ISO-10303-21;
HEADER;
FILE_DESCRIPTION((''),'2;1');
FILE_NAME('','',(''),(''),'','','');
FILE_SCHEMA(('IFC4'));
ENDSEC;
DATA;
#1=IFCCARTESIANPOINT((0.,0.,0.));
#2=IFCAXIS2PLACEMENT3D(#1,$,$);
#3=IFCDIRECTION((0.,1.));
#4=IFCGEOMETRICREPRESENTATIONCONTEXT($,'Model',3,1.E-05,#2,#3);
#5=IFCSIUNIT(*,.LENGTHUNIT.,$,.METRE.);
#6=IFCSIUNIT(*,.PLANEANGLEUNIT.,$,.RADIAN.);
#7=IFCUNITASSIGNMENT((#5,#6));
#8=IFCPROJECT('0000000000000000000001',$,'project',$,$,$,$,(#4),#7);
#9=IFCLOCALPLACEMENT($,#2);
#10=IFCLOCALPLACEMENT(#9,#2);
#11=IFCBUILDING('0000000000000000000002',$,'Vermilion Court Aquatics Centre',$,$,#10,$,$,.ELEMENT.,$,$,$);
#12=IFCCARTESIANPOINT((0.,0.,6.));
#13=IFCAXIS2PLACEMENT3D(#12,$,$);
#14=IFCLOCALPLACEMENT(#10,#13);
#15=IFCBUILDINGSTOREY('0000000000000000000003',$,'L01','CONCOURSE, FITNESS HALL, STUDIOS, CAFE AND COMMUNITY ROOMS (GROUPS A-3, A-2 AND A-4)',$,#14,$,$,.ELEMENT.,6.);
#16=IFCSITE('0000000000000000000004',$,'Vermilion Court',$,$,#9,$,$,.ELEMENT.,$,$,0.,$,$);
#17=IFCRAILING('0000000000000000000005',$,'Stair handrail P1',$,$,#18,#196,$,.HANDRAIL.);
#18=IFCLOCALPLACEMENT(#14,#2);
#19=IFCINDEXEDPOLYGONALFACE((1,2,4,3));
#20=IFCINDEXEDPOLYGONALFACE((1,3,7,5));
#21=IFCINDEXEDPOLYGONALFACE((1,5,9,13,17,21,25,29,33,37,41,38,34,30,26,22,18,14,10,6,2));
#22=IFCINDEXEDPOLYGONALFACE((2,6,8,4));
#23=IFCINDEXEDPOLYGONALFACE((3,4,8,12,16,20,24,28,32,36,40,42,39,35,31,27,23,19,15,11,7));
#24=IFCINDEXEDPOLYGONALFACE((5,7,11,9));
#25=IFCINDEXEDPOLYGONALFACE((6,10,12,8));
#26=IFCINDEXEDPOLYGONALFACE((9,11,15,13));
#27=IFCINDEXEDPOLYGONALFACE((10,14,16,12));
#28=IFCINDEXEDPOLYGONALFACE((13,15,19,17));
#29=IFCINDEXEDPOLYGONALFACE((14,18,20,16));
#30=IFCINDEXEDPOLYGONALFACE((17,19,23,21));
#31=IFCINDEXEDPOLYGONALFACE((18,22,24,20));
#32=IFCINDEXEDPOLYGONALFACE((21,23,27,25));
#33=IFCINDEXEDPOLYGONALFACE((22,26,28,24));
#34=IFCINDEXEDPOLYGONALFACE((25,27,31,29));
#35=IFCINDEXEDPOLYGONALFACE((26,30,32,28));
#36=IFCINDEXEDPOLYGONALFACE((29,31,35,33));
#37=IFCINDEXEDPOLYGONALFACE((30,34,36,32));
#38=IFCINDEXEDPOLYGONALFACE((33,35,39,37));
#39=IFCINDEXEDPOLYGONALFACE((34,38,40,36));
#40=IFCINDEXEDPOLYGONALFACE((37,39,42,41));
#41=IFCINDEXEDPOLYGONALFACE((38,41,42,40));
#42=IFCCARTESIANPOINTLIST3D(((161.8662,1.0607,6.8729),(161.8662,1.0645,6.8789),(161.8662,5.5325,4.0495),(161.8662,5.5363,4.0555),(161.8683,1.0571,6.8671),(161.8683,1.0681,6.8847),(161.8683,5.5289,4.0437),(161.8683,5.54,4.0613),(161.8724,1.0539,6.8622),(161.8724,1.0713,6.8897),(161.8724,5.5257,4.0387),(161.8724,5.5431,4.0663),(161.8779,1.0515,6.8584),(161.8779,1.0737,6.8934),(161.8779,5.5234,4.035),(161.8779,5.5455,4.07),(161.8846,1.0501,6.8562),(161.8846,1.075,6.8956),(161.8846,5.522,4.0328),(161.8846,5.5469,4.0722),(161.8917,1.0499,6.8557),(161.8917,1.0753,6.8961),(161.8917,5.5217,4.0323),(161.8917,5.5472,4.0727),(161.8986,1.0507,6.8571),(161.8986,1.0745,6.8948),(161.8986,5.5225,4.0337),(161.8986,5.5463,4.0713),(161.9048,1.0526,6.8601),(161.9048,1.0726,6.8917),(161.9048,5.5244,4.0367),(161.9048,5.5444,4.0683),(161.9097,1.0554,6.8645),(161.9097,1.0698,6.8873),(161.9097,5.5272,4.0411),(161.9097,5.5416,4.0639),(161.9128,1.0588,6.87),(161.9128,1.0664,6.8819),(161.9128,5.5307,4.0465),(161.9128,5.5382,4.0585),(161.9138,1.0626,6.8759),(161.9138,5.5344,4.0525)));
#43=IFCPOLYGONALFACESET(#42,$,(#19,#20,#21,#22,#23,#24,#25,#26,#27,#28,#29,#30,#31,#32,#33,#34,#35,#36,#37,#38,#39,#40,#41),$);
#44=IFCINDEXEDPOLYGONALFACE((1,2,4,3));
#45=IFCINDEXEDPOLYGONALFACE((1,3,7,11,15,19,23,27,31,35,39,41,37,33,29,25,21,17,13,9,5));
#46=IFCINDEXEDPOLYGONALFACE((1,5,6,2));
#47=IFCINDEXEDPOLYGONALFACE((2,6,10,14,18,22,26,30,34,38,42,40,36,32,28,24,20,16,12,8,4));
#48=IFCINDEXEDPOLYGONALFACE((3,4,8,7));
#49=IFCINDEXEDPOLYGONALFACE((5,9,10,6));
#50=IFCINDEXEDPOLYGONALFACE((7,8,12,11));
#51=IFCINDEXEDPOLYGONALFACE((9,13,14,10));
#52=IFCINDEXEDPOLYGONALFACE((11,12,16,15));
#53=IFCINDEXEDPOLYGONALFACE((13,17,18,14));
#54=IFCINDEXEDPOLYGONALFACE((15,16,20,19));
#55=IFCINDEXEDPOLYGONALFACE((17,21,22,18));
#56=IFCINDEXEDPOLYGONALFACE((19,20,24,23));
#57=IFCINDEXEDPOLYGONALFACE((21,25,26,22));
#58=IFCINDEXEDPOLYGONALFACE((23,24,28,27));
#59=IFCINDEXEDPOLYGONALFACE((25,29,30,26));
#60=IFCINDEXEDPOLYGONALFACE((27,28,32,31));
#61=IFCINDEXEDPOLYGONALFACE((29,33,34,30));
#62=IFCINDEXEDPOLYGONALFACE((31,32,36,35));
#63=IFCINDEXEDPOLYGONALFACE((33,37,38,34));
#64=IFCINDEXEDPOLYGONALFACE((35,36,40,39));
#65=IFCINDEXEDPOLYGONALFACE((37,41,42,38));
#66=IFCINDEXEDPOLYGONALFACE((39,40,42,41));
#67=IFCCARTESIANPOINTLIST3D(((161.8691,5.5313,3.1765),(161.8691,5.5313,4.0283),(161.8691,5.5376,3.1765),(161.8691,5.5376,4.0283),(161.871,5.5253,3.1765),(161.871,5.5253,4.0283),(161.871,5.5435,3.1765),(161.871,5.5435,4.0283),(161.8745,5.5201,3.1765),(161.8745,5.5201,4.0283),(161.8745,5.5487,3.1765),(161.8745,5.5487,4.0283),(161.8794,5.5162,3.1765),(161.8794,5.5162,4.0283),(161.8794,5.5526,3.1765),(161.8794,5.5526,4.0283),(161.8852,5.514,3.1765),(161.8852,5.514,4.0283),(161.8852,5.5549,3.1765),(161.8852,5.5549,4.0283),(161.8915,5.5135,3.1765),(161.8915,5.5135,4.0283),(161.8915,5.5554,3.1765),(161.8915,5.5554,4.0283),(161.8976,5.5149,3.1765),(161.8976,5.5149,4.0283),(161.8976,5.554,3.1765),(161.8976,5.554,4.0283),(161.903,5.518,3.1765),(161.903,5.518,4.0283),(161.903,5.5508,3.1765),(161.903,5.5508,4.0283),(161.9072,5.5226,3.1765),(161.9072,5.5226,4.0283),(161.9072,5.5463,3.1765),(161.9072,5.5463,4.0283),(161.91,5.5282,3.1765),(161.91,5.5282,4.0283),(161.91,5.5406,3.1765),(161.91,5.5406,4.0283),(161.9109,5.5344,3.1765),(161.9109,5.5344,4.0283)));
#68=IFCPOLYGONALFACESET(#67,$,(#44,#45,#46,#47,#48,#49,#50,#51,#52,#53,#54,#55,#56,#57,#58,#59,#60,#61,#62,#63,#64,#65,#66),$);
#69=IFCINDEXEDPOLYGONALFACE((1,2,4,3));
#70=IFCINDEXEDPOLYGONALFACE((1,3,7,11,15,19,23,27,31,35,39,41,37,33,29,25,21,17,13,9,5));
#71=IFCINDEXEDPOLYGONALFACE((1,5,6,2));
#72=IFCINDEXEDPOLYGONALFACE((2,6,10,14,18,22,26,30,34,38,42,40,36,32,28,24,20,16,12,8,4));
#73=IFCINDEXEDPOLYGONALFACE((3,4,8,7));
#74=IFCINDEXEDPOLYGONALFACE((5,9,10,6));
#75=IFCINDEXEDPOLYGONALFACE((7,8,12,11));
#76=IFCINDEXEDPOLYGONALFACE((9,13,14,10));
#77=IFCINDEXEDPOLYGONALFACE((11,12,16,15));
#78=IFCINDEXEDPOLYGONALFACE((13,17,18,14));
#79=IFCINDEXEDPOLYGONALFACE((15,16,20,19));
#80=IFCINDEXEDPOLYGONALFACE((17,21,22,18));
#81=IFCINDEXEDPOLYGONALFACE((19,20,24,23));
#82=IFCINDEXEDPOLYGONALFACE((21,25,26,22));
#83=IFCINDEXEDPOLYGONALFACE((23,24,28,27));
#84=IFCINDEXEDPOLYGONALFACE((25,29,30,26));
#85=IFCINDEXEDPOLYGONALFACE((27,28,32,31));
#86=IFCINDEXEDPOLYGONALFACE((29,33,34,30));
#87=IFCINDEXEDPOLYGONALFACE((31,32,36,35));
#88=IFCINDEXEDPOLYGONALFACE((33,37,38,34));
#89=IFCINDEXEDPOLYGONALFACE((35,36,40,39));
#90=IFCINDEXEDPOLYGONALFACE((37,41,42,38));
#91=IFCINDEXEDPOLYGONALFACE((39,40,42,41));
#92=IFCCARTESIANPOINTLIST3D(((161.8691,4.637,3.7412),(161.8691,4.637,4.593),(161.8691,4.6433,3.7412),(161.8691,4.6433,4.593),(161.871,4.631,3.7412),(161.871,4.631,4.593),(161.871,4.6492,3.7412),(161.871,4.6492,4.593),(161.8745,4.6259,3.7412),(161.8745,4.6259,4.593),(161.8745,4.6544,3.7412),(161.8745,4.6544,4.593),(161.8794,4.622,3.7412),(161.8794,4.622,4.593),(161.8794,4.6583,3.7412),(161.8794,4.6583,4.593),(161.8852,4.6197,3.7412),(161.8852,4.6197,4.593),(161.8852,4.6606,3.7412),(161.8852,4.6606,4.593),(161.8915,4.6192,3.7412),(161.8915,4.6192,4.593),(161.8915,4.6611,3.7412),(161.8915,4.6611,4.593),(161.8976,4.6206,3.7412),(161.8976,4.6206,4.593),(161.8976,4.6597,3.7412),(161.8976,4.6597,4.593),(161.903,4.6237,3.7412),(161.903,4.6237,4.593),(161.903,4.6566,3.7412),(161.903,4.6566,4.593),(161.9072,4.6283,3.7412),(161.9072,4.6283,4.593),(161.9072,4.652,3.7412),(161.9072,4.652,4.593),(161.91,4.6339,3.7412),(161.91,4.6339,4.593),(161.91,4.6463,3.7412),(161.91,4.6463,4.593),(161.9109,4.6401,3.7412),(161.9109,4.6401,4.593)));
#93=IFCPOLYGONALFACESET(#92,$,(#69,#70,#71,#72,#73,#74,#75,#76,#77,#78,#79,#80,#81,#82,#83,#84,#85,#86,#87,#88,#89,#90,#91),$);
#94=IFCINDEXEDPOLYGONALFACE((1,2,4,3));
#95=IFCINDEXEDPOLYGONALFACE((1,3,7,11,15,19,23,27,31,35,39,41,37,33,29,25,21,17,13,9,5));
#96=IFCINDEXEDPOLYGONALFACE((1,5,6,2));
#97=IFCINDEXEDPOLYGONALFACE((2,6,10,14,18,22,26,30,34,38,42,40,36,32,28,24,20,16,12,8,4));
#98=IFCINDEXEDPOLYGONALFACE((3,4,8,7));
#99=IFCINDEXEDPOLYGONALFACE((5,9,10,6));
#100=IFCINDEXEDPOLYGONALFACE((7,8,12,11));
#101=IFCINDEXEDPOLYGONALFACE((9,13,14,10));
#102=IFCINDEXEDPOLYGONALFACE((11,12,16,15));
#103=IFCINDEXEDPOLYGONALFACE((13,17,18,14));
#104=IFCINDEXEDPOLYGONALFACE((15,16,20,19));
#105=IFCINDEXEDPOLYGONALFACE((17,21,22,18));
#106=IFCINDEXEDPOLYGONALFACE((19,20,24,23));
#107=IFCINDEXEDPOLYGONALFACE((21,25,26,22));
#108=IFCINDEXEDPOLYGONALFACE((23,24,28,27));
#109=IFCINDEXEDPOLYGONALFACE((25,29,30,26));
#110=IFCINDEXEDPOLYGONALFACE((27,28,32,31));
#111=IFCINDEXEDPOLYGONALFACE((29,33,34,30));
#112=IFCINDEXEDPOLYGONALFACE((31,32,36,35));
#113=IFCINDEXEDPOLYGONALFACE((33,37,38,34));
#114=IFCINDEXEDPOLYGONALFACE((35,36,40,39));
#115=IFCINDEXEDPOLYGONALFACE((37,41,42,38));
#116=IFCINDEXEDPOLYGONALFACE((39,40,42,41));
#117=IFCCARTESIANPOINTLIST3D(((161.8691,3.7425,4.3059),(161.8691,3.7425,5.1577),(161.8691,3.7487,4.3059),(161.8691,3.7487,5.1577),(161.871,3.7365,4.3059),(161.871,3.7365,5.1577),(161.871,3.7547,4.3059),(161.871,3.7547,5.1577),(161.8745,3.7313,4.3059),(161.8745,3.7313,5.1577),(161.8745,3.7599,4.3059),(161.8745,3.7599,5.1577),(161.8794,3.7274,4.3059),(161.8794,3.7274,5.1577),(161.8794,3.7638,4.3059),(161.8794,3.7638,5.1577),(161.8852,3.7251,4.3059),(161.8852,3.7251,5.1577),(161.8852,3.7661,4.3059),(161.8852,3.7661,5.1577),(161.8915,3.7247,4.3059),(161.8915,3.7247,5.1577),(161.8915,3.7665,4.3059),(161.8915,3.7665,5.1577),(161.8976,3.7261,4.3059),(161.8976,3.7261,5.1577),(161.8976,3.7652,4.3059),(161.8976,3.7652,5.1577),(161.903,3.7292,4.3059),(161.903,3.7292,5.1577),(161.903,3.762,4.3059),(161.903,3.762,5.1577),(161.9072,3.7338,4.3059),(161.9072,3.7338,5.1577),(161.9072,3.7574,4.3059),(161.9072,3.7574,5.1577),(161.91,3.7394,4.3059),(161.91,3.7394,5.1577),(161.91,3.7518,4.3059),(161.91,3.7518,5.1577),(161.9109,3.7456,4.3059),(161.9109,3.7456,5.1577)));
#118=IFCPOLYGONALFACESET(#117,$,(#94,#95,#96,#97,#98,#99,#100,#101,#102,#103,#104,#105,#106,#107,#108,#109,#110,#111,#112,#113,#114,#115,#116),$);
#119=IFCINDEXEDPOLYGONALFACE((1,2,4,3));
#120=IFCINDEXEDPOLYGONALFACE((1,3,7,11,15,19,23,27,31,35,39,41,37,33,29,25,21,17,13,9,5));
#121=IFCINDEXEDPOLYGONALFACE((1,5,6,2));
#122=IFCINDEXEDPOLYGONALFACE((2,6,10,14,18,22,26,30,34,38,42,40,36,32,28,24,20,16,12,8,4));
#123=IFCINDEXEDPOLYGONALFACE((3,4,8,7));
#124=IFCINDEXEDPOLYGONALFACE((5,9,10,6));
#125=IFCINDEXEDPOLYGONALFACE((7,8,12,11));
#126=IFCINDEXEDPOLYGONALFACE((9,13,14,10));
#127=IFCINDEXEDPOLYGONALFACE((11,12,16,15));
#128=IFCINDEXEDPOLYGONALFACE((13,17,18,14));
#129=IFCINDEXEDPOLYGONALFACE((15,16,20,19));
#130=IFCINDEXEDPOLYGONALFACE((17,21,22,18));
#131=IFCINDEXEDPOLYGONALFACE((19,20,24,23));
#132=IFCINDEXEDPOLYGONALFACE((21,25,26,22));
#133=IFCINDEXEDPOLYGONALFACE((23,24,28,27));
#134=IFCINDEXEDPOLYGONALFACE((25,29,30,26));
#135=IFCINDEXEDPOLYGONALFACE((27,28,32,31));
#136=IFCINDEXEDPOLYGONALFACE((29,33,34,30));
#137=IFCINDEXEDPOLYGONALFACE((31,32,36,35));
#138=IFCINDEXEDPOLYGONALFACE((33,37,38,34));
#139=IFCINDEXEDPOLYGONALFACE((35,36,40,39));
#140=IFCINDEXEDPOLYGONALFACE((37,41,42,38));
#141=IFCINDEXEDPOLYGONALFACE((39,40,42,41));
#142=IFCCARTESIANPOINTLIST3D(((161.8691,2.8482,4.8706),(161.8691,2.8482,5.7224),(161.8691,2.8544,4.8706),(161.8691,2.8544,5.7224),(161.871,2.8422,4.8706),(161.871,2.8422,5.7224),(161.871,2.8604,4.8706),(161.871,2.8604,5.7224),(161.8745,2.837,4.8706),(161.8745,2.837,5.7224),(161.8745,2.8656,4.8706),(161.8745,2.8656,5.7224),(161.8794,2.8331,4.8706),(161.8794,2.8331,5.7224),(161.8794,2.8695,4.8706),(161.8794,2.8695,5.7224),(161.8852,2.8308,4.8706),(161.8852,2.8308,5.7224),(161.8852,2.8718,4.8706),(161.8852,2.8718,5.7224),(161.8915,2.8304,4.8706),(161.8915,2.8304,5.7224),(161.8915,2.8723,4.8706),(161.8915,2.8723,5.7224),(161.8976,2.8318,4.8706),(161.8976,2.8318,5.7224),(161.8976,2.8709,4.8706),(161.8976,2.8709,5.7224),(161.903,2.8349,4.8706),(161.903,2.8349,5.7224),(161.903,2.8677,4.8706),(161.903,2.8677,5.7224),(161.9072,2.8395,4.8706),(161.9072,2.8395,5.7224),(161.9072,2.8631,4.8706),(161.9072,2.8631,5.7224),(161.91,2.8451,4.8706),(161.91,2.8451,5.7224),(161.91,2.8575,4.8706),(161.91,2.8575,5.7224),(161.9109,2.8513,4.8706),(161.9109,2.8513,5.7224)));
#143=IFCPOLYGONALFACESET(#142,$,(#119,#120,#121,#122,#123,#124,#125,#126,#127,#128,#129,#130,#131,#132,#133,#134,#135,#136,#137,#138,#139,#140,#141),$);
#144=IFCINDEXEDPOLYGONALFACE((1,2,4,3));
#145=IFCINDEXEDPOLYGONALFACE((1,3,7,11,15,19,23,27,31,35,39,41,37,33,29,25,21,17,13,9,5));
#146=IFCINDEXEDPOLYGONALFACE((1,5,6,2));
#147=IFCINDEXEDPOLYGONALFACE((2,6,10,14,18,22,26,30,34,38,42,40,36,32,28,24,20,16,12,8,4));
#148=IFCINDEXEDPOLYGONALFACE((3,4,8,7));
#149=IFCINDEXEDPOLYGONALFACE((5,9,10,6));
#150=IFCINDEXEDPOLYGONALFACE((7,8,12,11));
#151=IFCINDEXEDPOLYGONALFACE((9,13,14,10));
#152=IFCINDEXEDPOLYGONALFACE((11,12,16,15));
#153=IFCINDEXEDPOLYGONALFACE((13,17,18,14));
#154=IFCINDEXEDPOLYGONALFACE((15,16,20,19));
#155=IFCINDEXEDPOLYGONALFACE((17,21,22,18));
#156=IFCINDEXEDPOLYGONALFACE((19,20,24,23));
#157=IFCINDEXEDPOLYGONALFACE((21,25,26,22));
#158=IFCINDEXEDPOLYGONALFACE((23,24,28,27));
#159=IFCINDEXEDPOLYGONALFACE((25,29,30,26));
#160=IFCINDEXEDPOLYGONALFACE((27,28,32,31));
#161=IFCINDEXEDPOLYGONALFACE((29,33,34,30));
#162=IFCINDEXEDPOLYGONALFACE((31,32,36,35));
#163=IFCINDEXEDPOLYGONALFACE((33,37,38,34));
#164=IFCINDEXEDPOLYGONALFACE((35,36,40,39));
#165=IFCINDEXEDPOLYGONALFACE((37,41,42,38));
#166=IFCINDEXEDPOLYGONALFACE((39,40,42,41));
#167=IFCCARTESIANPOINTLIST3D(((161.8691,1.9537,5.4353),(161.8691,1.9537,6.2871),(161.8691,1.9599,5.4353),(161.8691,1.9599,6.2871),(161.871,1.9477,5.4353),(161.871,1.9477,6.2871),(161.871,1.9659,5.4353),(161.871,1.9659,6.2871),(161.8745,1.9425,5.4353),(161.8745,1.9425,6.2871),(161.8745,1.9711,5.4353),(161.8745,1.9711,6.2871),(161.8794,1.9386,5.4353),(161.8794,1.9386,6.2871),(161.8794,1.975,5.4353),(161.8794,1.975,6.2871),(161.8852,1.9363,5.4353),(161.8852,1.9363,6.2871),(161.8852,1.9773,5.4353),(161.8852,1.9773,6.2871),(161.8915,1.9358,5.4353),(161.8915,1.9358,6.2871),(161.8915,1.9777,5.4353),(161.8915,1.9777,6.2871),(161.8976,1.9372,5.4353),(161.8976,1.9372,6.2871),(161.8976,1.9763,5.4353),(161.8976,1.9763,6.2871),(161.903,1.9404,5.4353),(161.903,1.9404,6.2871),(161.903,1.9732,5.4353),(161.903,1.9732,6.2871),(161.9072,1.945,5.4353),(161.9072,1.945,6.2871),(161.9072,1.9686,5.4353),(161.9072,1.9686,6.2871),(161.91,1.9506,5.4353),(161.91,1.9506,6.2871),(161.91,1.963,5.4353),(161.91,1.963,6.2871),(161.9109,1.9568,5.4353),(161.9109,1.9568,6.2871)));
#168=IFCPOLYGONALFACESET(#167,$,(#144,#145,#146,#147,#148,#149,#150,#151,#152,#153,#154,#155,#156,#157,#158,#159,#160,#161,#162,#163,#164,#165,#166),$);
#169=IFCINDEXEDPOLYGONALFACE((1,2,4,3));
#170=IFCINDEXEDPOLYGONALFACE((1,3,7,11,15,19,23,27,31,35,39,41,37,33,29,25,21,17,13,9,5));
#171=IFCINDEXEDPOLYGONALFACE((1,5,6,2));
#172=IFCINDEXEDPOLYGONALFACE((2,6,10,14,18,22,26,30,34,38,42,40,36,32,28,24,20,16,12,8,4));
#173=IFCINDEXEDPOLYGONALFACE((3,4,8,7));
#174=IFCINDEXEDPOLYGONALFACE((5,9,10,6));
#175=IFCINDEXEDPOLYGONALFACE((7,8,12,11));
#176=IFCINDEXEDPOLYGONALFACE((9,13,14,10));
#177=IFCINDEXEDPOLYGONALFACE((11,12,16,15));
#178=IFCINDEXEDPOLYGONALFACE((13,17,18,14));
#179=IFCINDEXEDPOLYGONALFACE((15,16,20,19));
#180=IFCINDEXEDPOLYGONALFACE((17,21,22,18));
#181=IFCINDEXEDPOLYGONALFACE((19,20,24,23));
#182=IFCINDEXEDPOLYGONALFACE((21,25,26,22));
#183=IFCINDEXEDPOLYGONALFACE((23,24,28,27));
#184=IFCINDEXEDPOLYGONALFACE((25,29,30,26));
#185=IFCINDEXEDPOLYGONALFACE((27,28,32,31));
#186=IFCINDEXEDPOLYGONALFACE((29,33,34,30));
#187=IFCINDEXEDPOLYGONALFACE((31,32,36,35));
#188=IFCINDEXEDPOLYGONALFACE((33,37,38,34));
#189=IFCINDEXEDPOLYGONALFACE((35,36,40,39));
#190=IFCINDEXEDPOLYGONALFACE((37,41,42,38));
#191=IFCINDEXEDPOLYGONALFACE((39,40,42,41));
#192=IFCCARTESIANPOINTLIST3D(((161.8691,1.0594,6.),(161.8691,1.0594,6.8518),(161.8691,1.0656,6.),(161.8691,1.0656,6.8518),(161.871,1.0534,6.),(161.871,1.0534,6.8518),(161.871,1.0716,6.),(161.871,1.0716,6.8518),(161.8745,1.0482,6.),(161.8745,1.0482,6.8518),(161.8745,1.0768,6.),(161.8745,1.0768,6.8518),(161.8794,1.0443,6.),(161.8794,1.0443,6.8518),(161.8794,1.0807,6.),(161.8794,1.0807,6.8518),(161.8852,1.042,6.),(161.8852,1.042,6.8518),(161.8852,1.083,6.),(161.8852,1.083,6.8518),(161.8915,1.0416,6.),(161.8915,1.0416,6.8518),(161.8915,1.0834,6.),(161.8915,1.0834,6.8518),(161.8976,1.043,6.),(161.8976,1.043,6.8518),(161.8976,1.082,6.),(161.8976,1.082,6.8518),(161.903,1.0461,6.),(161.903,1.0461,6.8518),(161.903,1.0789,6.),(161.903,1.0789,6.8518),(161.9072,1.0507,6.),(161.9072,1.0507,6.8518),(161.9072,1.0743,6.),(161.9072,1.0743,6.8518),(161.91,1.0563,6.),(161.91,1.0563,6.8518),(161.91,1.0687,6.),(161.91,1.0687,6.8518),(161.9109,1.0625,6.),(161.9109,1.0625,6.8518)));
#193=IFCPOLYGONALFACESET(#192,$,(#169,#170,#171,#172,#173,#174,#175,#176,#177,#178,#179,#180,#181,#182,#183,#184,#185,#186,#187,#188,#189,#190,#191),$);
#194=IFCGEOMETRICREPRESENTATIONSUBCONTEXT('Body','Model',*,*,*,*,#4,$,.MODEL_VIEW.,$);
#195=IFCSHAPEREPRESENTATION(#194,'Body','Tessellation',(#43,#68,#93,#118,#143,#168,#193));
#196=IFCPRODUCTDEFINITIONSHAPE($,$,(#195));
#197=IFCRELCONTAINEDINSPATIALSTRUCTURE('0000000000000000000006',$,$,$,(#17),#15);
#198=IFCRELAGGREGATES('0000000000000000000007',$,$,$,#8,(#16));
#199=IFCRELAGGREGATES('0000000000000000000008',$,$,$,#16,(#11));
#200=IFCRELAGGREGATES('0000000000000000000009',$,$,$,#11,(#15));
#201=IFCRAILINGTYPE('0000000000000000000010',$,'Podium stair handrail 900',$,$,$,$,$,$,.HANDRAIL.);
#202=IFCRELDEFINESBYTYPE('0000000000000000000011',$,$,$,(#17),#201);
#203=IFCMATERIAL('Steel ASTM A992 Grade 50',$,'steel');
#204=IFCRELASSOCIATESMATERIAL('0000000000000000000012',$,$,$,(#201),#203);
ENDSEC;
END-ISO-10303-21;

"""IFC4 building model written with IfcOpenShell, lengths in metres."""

from ifc_helpers import new_model, si_unit, direction, frame, origin, origin_2d, place, context, subcontext, project, spatial, circle, extrude, material, type_object, element, save


model = new_model("IFC4")

# Units and contexts
model_context = context("Model", 3, precision=1e-05, world=origin(), true_north=direction((0.0, 1.0)))
body_context = subcontext(model_context, "Body", "Model", "MODEL_VIEW")
ifc_project = project(units=[si_unit("LENGTHUNIT", "METRE"), si_unit("PLANEANGLEUNIT", "RADIAN")], contexts=[model_context])

# Site, building, storey
site_placement = place(None, origin())
site = spatial("IfcSite", under=ifc_project, at=site_placement, Name="Vermilion Court", CompositionType="ELEMENT", RefElevation=0.0)
building_placement = place(site_placement, origin())
building = spatial("IfcBuilding", under=site, at=building_placement, Name="Vermilion Court Aquatics Centre", CompositionType="ELEMENT")
storey_placement = place(building_placement, frame((0.0, 0.0, 6.0)))
storey = spatial("IfcBuildingStorey", under=building, at=storey_placement, Name="L01", Description="CONCOURSE, FITNESS HALL, STUDIOS, CAFE AND COMMUNITY ROOMS (GROUPS A-3, A-2 AND A-4)", CompositionType="ELEMENT", Elevation=6.0)

# Railing
ifc_material_1 = material(Name="Steel ASTM A992 Grade 50", Category="steel")
railing_type_1 = type_object("IfcRailingType", Name="Podium stair handrail 900", PredefinedType="HANDRAIL", material=ifc_material_1)
for number, where, name in (
    (1, (161.8899, 5.5344, 3.1765), "Stair handrail P1"),
):
    element("IfcRailing", number, at=place(storey_placement, frame(where)), inside=storey, type_object=railing_type_1, Name=name, PredefinedType="HANDRAIL", context=body_context, shape_type="SweptSolid", body=[
        extrude(circle(Radius=0.0239, at=origin_2d()), frame((0.0, 0.0, 0.876), z_axis=(0.0, -0.845565, 0.533873), x_axis=(1.0, 0.0, 0.0)), (0.0, 0.0, 1.0), 5.2886),
        extrude(circle(Radius=0.021, at=origin_2d()), origin(), (0.0, 0.0, 1.0), 0.8518),
        extrude(circle(Radius=0.021, at=origin_2d()), frame((0.0, -0.8943, 0.5647)), (0.0, 0.0, 1.0), 0.8518),
        extrude(circle(Radius=0.021, at=origin_2d()), frame((0.0, -1.7888, 1.1294)), (0.0, 0.0, 1.0), 0.8518),
        extrude(circle(Radius=0.021, at=origin_2d()), frame((0.0, -2.6831, 1.6941)), (0.0, 0.0, 1.0), 0.8518),
        extrude(circle(Radius=0.021, at=origin_2d()), frame((0.0, -3.5776, 2.2588)), (0.0, 0.0, 1.0), 0.8518),
        extrude(circle(Radius=0.021, at=origin_2d()), frame((0.0, -4.4719, 2.8235)), (0.0, 0.0, 1.0), 0.8518),
    ])

save(model, "model.ifc")
